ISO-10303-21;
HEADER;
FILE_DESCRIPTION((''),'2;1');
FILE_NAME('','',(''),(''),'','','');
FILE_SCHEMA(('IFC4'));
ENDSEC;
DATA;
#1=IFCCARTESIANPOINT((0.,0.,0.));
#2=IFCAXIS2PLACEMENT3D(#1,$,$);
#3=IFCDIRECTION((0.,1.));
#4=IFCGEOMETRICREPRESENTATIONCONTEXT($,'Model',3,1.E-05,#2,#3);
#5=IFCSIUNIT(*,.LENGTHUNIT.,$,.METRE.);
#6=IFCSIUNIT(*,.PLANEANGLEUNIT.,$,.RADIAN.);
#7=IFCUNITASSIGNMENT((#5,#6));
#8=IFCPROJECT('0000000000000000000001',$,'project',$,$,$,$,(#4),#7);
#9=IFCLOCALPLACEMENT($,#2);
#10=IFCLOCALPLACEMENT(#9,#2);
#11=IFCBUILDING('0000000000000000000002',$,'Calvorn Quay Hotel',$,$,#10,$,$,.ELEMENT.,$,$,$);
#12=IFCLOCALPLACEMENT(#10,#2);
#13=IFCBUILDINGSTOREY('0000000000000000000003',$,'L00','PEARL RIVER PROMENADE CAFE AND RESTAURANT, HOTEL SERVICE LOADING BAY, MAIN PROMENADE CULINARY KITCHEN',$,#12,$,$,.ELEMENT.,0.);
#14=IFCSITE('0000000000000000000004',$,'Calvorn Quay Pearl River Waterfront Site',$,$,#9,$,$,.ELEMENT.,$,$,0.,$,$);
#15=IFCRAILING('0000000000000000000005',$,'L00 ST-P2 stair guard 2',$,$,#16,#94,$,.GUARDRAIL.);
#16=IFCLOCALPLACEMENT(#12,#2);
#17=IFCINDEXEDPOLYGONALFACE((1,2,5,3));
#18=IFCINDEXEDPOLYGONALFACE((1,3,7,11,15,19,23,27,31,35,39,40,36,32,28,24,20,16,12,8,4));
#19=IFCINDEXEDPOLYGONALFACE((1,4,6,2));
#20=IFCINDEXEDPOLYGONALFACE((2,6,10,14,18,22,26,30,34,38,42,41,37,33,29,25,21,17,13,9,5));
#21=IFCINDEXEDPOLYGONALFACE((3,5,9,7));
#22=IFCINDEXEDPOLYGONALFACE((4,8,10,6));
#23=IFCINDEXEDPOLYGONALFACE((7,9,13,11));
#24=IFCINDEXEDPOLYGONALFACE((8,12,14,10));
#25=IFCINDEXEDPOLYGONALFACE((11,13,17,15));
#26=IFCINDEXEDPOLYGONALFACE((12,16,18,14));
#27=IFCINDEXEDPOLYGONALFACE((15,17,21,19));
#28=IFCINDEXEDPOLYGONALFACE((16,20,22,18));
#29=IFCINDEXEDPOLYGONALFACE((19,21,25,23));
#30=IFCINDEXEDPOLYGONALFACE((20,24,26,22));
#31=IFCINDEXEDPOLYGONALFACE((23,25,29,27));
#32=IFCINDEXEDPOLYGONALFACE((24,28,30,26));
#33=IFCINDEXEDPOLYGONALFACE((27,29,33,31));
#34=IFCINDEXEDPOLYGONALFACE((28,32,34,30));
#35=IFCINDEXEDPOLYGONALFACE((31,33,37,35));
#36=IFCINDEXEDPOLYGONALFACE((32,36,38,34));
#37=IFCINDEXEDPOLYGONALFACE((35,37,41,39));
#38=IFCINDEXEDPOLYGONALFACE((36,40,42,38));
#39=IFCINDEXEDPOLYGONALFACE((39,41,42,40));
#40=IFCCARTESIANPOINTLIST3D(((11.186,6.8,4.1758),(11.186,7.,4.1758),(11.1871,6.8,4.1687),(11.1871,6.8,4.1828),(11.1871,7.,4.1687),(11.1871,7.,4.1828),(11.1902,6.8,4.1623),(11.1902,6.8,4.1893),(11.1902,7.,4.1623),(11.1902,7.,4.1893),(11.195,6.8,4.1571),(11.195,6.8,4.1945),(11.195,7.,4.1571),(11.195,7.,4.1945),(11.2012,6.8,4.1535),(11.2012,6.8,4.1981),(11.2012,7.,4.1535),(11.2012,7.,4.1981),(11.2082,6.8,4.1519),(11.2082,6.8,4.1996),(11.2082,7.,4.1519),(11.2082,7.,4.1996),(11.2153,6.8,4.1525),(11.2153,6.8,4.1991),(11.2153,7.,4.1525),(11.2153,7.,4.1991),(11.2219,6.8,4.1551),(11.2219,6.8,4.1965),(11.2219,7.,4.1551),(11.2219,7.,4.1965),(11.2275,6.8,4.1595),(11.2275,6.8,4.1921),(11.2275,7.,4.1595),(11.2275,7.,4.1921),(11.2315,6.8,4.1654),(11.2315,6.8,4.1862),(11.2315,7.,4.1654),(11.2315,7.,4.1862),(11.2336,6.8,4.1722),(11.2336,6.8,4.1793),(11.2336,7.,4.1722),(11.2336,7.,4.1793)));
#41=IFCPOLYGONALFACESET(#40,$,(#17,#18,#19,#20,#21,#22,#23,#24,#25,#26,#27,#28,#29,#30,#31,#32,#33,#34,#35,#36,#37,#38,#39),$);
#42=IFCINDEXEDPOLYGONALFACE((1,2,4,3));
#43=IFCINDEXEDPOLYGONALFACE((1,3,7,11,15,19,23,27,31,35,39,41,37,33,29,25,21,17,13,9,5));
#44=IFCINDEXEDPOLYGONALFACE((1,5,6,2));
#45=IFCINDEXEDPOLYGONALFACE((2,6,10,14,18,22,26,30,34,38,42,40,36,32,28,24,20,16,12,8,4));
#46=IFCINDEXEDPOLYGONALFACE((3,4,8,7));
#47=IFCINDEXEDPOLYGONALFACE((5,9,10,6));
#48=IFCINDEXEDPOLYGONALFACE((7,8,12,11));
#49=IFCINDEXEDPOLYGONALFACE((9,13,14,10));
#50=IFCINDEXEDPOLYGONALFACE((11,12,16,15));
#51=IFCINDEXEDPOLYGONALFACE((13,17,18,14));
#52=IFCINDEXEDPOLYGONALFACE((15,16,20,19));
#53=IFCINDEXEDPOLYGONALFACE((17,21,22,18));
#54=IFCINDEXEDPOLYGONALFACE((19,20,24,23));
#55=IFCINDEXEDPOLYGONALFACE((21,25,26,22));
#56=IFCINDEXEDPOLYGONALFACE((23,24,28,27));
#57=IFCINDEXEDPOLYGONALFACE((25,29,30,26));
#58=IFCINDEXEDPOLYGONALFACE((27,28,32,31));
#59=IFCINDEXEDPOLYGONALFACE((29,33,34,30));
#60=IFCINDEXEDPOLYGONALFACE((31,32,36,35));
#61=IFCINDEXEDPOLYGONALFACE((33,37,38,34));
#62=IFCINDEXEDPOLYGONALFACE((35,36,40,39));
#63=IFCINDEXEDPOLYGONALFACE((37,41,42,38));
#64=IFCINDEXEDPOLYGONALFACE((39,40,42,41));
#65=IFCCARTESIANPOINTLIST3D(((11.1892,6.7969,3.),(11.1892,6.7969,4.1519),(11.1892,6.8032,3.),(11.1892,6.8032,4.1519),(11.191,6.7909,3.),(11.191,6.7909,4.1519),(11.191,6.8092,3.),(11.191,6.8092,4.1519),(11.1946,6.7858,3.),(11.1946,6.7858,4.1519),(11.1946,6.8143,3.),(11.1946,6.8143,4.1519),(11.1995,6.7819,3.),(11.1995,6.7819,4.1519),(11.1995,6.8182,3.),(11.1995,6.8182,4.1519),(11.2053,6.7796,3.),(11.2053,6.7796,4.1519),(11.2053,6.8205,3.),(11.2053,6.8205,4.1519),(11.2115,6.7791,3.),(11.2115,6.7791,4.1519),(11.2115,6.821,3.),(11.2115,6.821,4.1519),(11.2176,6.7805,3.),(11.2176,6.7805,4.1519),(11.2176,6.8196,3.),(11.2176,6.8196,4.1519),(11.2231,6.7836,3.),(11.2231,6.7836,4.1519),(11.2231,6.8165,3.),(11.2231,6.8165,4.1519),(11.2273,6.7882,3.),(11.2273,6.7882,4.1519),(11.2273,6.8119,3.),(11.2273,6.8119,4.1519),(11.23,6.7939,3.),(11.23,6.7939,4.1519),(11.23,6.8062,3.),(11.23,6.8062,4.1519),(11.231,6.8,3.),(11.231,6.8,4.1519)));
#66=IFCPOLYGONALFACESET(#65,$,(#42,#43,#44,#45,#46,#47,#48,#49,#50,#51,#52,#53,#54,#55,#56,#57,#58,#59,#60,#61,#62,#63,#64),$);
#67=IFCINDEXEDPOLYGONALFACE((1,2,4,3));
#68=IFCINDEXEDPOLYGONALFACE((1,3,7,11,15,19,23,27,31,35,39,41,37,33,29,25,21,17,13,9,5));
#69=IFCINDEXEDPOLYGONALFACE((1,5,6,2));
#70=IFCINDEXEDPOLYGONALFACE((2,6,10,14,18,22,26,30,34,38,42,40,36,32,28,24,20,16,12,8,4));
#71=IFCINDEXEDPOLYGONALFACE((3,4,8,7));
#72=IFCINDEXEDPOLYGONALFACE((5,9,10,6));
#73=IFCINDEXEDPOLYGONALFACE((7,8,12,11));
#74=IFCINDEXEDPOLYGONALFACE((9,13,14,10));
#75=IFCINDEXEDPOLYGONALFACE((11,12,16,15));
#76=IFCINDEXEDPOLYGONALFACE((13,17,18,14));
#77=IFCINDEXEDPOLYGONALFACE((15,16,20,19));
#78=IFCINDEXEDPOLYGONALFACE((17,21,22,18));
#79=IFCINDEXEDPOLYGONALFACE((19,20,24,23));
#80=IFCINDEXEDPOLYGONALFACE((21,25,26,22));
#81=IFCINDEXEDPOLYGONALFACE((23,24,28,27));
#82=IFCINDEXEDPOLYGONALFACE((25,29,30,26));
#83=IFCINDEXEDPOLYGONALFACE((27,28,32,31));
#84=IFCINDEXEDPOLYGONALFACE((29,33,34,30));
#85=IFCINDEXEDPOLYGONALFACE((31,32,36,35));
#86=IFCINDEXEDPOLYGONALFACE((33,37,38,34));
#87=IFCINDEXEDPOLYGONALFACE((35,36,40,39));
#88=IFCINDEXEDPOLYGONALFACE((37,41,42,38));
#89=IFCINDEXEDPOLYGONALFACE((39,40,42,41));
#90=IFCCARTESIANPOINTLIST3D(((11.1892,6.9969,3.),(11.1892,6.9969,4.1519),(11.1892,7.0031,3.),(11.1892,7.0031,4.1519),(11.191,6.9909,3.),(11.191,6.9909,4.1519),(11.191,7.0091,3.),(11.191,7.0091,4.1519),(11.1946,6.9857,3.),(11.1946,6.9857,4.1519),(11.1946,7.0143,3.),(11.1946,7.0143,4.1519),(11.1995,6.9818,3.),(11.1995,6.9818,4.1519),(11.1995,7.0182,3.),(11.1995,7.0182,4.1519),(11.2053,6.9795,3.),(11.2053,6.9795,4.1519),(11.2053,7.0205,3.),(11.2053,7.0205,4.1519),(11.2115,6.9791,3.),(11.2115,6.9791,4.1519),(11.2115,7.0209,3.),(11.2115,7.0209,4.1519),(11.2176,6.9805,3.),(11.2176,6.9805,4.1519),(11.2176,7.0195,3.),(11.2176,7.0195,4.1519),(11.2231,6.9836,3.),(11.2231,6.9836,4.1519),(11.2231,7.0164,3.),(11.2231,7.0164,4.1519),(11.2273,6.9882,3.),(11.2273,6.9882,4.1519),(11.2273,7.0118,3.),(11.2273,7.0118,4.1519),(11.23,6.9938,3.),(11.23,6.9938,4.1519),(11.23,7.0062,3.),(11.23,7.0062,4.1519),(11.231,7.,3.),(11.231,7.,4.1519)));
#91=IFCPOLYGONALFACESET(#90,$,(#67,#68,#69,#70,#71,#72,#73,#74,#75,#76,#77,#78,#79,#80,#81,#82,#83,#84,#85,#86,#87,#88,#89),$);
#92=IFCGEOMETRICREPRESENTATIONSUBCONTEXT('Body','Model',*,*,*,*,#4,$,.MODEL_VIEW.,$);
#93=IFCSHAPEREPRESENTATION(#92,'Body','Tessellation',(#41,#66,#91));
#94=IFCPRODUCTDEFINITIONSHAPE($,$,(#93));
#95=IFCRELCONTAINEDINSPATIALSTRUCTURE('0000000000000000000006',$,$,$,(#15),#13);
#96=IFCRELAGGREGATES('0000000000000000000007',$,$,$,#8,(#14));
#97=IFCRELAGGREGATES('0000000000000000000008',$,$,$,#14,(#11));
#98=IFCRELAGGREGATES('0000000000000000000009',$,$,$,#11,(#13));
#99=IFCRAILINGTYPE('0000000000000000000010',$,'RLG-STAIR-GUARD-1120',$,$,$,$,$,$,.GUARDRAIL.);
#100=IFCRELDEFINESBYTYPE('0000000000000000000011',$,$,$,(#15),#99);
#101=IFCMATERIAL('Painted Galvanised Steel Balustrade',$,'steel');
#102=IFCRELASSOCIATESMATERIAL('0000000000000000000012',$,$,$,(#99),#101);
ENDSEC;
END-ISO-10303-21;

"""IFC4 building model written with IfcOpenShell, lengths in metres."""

from ifc_helpers import new_model, si_unit, direction, frame, origin, origin_2d, place, context, subcontext, project, spatial, circle, extrude, material, type_object, element, save


model = new_model("IFC4")

# Units and contexts
model_context = context("Model", 3, precision=1e-05, world=origin(), true_north=direction((0.0, 1.0)))
body_context = subcontext(model_context, "Body", "Model", "MODEL_VIEW")
ifc_project = project(units=[si_unit("LENGTHUNIT", "METRE"), si_unit("PLANEANGLEUNIT", "RADIAN")], contexts=[model_context])

# Site, building, storey
site_placement = place(None, origin())
site = spatial("IfcSite", under=ifc_project, at=site_placement, Name="Calvorn Quay Pearl River Waterfront Site", CompositionType="ELEMENT", RefElevation=0.0)
building_placement = place(site_placement, origin())
building = spatial("IfcBuilding", under=site, at=building_placement, Name="Calvorn Quay Hotel", CompositionType="ELEMENT")
storey_placement = place(building_placement, origin())
storey = spatial("IfcBuildingStorey", under=building, at=storey_placement, Name="L00", Description="PEARL RIVER PROMENADE CAFE AND RESTAURANT, HOTEL SERVICE LOADING BAY, MAIN PROMENADE CULINARY KITCHEN", CompositionType="ELEMENT", Elevation=0.0)

# Railing
ifc_material_1 = material(Name="Painted Galvanised Steel Balustrade", Category="steel")
railing_type = type_object("IfcRailingType", Name="RLG-STAIR-GUARD-1120", PredefinedType="GUARDRAIL", material=ifc_material_1)
railing_1_placement = place(storey_placement, frame((11.21, 6.8, 3.0)))
element("IfcRailing", 1, at=railing_1_placement, inside=storey, type_object=railing_type, Name="L00 ST-P2 stair guard 2", PredefinedType="GUARDRAIL", context=body_context, shape_type="SweptSolid", body=[
    extrude(circle(Radius=0.0239, at=origin_2d()), frame((0.0, 0.0, 1.1758), z_axis=(0.0, 1.0, 0.0), x_axis=(-1.0, 0.0, 0.0)), (0.0, 0.0, 1.0), 0.2),
    extrude(circle(Radius=0.021, at=origin_2d()), origin(), (0.0, 0.0, 1.0), 1.1519),
    extrude(circle(Radius=0.021, at=origin_2d()), frame((0.0, 0.2, 0.0)), (0.0, 0.0, 1.0), 1.1519),
])

save(model, "model.ifc")
